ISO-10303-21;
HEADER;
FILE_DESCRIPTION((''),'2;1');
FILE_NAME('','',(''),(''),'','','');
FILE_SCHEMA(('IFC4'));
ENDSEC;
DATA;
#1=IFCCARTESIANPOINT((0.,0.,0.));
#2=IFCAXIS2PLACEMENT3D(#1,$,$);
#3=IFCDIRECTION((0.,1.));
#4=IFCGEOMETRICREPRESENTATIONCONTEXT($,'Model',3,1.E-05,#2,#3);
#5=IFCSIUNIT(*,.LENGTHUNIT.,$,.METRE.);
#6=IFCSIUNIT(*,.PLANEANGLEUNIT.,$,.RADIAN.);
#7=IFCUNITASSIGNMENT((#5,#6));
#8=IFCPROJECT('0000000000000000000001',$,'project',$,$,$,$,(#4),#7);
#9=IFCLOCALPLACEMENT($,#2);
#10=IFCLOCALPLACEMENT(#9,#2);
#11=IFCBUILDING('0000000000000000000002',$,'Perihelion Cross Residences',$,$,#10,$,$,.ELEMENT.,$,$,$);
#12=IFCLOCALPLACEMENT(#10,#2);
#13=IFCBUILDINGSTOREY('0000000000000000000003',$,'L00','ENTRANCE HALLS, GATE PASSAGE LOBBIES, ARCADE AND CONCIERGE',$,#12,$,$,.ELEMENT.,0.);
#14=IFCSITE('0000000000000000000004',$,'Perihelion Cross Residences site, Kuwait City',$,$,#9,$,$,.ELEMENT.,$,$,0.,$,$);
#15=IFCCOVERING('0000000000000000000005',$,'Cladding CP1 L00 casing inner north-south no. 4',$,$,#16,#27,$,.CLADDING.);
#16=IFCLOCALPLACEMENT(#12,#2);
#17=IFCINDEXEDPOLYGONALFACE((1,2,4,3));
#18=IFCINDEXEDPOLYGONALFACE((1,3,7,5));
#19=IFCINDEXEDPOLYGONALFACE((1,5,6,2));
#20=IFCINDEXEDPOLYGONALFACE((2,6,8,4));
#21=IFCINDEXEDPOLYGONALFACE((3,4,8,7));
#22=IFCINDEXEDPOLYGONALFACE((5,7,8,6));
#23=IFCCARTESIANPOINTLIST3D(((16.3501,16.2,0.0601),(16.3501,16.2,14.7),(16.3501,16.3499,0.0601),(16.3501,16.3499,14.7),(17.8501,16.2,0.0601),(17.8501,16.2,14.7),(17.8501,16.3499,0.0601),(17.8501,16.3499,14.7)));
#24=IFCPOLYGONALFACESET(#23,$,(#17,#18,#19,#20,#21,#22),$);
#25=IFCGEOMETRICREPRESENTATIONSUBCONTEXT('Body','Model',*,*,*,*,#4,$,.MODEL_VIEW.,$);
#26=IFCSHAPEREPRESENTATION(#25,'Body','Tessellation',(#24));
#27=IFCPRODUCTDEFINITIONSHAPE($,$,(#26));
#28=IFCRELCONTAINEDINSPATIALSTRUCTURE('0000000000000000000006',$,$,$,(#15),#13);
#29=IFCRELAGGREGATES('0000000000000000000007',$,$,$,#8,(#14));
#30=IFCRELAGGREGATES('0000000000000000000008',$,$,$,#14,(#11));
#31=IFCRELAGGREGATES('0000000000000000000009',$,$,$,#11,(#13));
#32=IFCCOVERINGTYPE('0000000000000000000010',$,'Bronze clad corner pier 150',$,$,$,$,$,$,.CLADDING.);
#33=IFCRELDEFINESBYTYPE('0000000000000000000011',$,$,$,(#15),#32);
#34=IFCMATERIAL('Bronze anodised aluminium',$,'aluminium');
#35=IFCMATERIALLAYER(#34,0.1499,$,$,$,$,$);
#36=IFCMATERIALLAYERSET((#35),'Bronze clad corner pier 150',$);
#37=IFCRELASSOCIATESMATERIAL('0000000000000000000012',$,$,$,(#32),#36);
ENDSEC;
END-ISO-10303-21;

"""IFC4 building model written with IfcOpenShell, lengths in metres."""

from ifc_helpers import new_model, si_unit, direction, frame, origin, origin_2d, place, context, subcontext, project, spatial, rectangle, extrude, material, layer, layer_set, type_object, element, save


model = new_model("IFC4")

# Units and contexts
model_context = context("Model", 3, precision=1e-05, world=origin(), true_north=direction((0.0, 1.0)))
body_context = subcontext(model_context, "Body", "Model", "MODEL_VIEW")
ifc_project = project(units=[si_unit("LENGTHUNIT", "METRE"), si_unit("PLANEANGLEUNIT", "RADIAN")], contexts=[model_context])

# Site, building, storey
site_placement = place(None, origin())
site = spatial("IfcSite", under=ifc_project, at=site_placement, Name="Perihelion Cross Residences site, Kuwait City", CompositionType="ELEMENT", RefElevation=0.0)
building_placement = place(site_placement, origin())
building = spatial("IfcBuilding", under=site, at=building_placement, Name="Perihelion Cross Residences", CompositionType="ELEMENT")
storey_placement = place(building_placement, origin())
storey = spatial("IfcBuildingStorey", under=building, at=storey_placement, Name="L00", Description="ENTRANCE HALLS, GATE PASSAGE LOBBIES, ARCADE AND CONCIERGE", CompositionType="ELEMENT", Elevation=0.0)

# Covering
ifc_material_1 = material(Name="Bronze anodised aluminium", Category="aluminium")
ifc_layer_1 = layer(ifc_material_1, 0.1499)
ifc_layer_set_1 = layer_set([ifc_layer_1], Name="Bronze clad corner pier 150")
covering_type = type_object("IfcCoveringType", Name="Bronze clad corner pier 150", PredefinedType="CLADDING", material=ifc_layer_set_1)
covering_1_placement = place(storey_placement, frame((17.1001, 16.2749, 0.0601), z_axis=(0.0, 0.0, 1.0), x_axis=(1.0, 0.0, 0.0)))
element("IfcCovering", 1, at=covering_1_placement, inside=storey, type_object=covering_type, Name="Cladding CP1 L00 casing inner north-south no. 4", PredefinedType="CLADDING", context=body_context, shape_type="SweptSolid", body=[
    extrude(rectangle(XDim=1.5, YDim=0.1499, at=origin_2d()), origin(), (0.0, 0.0, 1.0), 14.6399),
])

save(model, "model.ifc")
